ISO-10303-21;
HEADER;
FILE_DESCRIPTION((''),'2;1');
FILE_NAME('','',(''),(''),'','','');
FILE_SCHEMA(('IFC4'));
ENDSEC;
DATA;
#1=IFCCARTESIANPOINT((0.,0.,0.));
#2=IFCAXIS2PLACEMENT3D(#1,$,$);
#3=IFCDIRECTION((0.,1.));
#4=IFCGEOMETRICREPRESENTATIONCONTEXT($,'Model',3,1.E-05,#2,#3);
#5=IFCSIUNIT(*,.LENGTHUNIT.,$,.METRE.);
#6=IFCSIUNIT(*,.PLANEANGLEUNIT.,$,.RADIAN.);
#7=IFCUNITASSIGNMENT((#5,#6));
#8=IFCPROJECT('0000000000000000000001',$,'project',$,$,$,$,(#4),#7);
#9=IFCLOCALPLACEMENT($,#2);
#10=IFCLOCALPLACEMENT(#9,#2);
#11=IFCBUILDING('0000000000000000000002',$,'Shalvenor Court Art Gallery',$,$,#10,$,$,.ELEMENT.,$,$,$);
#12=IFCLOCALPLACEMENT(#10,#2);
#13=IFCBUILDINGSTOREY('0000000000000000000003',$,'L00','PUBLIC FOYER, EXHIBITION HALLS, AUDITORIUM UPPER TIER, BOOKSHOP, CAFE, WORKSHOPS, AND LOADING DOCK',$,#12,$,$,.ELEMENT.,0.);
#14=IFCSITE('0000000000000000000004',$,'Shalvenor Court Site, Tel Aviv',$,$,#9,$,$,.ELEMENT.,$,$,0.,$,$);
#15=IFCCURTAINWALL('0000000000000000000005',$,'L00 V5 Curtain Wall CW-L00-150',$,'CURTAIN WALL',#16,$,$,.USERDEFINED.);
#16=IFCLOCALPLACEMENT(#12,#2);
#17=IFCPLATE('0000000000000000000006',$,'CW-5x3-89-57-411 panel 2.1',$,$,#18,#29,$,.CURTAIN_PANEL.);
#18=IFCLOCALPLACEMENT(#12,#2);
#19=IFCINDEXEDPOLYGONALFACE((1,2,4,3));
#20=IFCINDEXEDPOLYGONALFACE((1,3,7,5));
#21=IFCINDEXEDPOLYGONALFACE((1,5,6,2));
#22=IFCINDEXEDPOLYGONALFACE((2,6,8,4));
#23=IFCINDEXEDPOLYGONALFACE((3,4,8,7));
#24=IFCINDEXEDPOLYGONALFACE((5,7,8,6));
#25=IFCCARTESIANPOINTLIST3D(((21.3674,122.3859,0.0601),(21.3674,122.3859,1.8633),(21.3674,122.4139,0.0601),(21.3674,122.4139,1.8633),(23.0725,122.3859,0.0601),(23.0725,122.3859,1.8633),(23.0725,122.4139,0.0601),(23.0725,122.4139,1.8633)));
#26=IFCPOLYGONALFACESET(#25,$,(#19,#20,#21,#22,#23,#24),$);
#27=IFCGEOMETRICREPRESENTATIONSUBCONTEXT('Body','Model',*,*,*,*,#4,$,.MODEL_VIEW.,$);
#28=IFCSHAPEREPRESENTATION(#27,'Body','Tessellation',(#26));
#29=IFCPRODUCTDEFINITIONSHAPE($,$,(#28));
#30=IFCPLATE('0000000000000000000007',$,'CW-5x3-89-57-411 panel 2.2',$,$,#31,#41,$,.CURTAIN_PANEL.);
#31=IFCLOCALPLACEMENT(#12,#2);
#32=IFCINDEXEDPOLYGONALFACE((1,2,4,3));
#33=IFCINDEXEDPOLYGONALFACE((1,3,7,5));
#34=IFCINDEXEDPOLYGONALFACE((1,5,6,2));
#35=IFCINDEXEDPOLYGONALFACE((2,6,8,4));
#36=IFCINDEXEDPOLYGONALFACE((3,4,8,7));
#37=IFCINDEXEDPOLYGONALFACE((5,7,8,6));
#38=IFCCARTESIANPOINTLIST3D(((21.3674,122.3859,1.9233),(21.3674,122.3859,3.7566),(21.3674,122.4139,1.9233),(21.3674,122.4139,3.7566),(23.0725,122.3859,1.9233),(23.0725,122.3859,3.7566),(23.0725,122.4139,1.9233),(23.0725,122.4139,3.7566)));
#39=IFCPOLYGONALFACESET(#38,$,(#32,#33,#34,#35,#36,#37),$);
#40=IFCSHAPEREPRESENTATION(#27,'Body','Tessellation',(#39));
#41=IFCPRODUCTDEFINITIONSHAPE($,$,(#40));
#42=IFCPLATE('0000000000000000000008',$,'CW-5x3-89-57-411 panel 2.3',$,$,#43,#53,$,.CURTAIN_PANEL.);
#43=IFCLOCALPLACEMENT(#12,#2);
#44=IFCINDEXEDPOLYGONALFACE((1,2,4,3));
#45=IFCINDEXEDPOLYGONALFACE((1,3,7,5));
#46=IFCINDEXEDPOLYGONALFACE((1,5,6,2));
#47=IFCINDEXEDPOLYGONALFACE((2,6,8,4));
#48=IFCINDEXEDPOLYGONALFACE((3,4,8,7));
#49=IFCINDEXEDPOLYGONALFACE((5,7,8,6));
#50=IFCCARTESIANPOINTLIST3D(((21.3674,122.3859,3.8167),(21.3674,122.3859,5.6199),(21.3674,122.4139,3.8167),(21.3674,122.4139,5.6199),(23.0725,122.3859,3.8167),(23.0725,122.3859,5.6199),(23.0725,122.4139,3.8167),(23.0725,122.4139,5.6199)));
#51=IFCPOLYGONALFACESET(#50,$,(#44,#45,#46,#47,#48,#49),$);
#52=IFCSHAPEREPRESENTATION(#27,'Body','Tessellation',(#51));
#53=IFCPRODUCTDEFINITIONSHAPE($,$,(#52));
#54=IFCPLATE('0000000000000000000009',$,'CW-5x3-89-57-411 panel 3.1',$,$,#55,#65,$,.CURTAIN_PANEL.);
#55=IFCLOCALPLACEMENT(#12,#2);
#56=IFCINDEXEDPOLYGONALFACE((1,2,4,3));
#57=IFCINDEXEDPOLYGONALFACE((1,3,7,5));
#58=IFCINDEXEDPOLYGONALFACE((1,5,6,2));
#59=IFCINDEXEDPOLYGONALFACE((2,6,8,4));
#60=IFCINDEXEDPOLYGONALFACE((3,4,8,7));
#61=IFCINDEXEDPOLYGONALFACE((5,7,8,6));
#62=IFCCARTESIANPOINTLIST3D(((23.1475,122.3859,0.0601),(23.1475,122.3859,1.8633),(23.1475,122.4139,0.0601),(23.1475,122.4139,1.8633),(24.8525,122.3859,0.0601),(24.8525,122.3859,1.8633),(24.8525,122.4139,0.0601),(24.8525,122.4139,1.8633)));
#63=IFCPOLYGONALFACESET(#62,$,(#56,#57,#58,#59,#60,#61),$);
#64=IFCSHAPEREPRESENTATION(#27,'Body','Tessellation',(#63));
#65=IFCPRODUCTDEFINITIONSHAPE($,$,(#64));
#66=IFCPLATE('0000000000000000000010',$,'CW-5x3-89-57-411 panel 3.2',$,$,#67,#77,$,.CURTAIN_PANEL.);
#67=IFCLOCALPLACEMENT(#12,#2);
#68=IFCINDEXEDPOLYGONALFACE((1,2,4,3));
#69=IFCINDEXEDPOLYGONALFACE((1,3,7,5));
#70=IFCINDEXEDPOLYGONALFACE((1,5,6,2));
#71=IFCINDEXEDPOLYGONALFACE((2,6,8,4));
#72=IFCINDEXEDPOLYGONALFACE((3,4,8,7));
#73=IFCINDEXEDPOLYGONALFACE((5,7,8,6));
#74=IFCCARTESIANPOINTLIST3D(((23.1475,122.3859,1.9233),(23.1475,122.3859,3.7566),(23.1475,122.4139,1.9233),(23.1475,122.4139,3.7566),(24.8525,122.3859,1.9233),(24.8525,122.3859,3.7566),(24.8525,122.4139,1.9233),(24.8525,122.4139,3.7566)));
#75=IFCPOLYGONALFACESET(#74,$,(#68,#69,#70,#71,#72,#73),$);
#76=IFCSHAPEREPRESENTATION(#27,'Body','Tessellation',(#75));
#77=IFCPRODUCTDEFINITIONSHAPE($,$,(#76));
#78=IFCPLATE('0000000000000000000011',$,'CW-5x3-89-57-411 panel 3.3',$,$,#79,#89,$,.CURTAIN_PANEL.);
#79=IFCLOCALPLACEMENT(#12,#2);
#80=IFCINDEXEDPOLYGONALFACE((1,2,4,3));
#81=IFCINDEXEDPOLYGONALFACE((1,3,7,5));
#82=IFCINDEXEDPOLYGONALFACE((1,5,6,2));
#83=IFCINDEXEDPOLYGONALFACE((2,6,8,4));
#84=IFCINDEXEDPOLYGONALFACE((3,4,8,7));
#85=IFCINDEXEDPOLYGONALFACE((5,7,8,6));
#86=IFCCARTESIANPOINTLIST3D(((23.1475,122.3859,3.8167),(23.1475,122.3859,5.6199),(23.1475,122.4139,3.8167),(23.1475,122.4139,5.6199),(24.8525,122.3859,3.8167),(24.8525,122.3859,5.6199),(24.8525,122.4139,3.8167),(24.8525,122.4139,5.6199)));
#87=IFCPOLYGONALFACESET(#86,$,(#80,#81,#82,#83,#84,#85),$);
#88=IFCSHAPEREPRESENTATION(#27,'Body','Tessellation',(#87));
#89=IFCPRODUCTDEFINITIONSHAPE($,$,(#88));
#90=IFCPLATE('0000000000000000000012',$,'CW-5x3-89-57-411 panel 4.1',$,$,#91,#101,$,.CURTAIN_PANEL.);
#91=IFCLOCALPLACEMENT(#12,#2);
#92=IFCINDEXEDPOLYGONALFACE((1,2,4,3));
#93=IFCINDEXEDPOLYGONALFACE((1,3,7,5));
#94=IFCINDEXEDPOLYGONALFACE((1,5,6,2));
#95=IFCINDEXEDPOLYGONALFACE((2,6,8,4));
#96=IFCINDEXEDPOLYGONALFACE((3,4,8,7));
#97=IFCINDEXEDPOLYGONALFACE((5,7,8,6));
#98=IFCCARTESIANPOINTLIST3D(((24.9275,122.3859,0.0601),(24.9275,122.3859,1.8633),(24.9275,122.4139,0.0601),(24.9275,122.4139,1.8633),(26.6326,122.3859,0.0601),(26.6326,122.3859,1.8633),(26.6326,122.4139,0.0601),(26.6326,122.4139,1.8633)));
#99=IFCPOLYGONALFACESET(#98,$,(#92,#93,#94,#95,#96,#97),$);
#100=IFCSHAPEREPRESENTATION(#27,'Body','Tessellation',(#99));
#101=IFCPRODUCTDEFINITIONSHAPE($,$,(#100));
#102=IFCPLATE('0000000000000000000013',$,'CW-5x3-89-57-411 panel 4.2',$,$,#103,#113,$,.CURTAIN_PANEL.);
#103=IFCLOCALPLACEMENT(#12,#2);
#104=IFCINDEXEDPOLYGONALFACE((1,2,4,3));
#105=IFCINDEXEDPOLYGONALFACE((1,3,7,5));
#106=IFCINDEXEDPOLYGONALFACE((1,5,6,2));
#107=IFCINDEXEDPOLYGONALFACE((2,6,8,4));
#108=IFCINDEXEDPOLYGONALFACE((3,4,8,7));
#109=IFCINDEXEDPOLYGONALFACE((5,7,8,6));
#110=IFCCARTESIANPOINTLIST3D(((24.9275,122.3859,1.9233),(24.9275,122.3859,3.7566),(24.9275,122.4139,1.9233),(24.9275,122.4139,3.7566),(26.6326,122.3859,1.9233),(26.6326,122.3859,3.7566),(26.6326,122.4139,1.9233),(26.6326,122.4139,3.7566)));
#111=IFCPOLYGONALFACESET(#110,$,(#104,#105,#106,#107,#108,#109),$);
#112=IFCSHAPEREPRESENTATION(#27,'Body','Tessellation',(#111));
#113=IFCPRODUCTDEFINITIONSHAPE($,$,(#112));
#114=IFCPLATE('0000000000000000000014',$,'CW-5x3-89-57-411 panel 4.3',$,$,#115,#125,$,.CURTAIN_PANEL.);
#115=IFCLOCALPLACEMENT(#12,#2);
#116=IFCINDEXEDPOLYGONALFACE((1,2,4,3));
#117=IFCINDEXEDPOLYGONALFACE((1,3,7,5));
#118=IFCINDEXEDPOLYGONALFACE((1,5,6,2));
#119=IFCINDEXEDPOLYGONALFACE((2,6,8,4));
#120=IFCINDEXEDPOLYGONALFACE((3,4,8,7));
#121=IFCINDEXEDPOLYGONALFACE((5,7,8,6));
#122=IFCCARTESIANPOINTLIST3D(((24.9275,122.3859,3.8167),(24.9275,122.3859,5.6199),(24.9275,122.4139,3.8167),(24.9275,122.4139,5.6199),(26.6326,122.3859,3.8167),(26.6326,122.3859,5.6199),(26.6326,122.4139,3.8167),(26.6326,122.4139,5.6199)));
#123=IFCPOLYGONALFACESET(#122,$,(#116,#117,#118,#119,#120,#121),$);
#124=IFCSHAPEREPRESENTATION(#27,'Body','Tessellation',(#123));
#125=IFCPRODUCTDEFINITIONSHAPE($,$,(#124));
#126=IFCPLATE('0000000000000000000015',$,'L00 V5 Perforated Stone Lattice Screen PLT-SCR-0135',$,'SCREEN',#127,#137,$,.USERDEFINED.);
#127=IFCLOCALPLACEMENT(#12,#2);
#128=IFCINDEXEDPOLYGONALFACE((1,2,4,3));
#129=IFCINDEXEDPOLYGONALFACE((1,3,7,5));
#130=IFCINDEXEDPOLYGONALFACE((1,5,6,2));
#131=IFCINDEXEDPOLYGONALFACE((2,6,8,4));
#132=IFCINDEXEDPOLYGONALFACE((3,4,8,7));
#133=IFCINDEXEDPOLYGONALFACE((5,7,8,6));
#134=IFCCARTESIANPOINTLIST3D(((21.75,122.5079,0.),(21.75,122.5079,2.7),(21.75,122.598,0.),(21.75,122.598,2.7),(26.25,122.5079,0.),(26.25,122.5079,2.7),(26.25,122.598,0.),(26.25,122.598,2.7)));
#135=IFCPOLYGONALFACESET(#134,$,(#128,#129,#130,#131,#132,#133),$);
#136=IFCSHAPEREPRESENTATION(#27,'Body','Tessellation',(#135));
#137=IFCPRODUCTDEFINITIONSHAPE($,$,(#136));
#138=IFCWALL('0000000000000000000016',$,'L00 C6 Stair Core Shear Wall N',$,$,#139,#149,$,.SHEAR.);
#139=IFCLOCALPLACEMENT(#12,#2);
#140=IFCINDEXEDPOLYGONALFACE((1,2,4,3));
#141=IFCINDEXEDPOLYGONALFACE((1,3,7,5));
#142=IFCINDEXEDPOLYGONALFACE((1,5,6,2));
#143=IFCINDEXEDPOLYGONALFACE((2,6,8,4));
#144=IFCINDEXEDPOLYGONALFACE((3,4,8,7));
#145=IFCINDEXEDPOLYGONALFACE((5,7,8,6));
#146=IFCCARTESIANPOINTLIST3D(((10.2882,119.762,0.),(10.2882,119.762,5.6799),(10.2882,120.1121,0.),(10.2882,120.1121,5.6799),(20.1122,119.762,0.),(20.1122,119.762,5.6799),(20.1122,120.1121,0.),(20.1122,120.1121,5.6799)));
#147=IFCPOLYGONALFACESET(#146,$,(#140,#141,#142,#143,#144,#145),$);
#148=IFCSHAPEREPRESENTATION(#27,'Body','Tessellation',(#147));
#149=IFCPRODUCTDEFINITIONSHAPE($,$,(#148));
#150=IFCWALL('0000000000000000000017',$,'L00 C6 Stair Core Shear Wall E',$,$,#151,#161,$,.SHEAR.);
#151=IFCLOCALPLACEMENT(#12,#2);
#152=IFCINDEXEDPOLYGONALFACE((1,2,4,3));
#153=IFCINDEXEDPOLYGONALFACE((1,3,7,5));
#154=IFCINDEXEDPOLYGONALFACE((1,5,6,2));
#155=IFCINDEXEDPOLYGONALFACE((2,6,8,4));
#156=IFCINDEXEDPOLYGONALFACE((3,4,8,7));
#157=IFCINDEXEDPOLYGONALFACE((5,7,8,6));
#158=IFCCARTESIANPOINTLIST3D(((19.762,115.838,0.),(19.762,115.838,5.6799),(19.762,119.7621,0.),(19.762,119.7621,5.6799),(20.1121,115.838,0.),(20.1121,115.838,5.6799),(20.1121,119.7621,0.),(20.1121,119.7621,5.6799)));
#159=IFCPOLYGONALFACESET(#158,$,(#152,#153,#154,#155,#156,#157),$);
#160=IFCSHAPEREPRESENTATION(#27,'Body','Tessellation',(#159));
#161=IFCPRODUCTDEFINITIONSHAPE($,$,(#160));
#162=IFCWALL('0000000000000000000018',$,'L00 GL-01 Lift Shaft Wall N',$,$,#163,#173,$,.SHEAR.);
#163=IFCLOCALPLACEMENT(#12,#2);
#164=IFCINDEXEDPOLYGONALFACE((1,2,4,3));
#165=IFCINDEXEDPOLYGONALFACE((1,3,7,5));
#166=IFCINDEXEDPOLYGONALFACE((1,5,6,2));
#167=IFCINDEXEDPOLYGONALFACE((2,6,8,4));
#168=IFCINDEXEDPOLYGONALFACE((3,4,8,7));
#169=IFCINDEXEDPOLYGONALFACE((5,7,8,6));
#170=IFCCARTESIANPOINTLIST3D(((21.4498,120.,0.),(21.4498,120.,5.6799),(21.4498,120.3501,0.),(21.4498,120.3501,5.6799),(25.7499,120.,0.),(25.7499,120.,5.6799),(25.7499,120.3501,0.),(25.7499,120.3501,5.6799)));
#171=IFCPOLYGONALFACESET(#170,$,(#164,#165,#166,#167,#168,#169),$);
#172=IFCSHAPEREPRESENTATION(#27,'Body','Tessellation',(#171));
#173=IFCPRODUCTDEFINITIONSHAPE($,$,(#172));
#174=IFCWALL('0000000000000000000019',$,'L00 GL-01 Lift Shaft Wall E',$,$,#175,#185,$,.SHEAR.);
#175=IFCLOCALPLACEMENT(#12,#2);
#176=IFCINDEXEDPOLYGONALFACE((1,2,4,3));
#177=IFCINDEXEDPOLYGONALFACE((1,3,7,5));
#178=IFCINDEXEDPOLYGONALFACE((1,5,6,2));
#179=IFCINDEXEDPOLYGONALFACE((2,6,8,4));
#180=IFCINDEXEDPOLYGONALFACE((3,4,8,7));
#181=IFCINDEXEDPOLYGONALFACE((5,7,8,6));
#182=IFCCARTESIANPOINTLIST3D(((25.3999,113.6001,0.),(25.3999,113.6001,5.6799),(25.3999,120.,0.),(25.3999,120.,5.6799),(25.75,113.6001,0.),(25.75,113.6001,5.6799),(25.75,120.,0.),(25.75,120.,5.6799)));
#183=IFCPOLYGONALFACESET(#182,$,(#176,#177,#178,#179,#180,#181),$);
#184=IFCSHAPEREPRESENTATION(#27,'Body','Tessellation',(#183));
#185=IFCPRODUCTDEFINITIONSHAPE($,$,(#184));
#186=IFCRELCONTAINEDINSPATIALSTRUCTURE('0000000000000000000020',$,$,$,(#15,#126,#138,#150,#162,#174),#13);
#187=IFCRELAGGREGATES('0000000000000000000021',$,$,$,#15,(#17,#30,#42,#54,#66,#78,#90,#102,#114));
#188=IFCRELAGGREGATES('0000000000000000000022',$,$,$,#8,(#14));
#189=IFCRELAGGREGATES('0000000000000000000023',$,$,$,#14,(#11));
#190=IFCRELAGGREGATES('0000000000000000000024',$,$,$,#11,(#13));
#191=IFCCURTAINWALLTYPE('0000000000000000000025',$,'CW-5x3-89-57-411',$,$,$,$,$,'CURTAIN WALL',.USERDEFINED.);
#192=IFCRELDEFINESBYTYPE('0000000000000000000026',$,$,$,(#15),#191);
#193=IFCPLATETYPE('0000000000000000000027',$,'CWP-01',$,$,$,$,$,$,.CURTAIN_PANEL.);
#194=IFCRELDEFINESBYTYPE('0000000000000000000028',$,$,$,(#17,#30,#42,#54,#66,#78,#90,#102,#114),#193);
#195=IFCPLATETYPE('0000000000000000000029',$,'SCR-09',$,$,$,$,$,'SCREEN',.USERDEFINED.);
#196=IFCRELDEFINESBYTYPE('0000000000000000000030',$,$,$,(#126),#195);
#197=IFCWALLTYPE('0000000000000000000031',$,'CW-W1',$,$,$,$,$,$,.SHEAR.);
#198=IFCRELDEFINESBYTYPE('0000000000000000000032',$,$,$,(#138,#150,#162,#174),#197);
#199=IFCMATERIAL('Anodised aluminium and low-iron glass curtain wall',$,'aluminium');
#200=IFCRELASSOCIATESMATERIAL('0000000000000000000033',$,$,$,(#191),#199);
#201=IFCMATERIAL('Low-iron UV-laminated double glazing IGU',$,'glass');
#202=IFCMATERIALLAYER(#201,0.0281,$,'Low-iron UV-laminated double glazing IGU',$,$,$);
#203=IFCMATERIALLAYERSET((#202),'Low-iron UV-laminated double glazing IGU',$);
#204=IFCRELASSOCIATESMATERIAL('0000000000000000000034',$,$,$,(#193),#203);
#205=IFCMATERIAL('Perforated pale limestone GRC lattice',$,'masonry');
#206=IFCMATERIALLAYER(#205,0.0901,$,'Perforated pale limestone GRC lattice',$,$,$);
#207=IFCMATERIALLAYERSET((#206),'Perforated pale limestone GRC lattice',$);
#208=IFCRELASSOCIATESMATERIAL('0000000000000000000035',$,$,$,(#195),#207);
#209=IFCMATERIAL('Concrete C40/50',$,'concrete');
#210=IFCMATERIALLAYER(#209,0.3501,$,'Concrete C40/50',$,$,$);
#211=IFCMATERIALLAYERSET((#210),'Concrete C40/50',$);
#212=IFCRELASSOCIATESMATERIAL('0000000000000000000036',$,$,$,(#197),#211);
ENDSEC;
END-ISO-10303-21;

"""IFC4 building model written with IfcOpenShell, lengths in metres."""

from ifc_helpers import new_model, si_unit, direction, frame, frame_2d, origin, origin_2d, place, context, subcontext, project, spatial, rectangle, extrude, material, layer, layer_set, type_object, element, aggregate, save


model = new_model("IFC4")

# Units and contexts
model_context = context("Model", 3, precision=1e-05, world=origin(), true_north=direction((0.0, 1.0)))
body_context = subcontext(model_context, "Body", "Model", "MODEL_VIEW")
ifc_project = project(units=[si_unit("LENGTHUNIT", "METRE"), si_unit("PLANEANGLEUNIT", "RADIAN")], contexts=[model_context])

# Site, building, storey
site_placement = place(None, origin())
site = spatial("IfcSite", under=ifc_project, at=site_placement, Name="Shalvenor Court Site, Tel Aviv", CompositionType="ELEMENT", RefElevation=0.0)
building_placement = place(site_placement, origin())
building = spatial("IfcBuilding", under=site, at=building_placement, Name="Shalvenor Court Art Gallery", CompositionType="ELEMENT")
storey_placement = place(building_placement, origin())
storey = spatial("IfcBuildingStorey", under=building, at=storey_placement, Name="L00", Description="PUBLIC FOYER, EXHIBITION HALLS, AUDITORIUM UPPER TIER, BOOKSHOP, CAFE, WORKSHOPS, AND LOADING DOCK", CompositionType="ELEMENT", Elevation=0.0)

# Curtain wall
ifc_material_1 = material(Name="Anodised aluminium and low-iron glass curtain wall", Category="aluminium")
curtain_wall_type = type_object("IfcCurtainWallType", Name="CW-5x3-89-57-411", ElementType="CURTAIN WALL", PredefinedType="USERDEFINED", material=ifc_material_1)
curtain_wall_placement = place(storey_placement, origin())
curtain_wall = element("IfcCurtainWall", 1, at=curtain_wall_placement, inside=storey, type_object=curtain_wall_type, Name="L00 V5 Curtain Wall CW-L00-150", ObjectType="CURTAIN WALL", PredefinedType="USERDEFINED")

# Plates
ifc_material_2 = material(Name="Low-iron UV-laminated double glazing IGU", Category="glass")
ifc_layer_1 = layer(ifc_material_2, 0.0281, Name="Low-iron UV-laminated double glazing IGU")
ifc_layer_set_1 = layer_set([ifc_layer_1], Name="Low-iron UV-laminated double glazing IGU")
plate_type_1 = type_object("IfcPlateType", Name="CWP-01", PredefinedType="CURTAIN_PANEL", material=ifc_layer_set_1)
plate_1_placement = place(storey_placement, frame((22.22, 122.3999, 0.0601), z_axis=(0.0, 0.0, 1.0), x_axis=(1.0, 0.0, 0.0)))
plate_1 = element("IfcPlate", 2, at=plate_1_placement, type_object=plate_type_1, Name="CW-5x3-89-57-411 panel 2.1", PredefinedType="CURTAIN_PANEL", context=body_context, shape_type="SweptSolid", body=[
    extrude(rectangle(XDim=1.7051, YDim=0.0281, at=origin_2d()), origin(), (0.0, 0.0, 1.0), 1.8032),
])
plate_2_placement = place(storey_placement, frame((22.22, 122.3999, 1.9233), z_axis=(0.0, 0.0, 1.0), x_axis=(1.0, 0.0, 0.0)))
plate_2 = element("IfcPlate", 3, at=plate_2_placement, type_object=plate_type_1, Name="CW-5x3-89-57-411 panel 2.2", PredefinedType="CURTAIN_PANEL", context=body_context, shape_type="SweptSolid", body=[
    extrude(rectangle(XDim=1.7051, YDim=0.0281, at=origin_2d()), origin(), (0.0, 0.0, 1.0), 1.8333),
])
plate_3_placement = place(storey_placement, frame((22.22, 122.3999, 3.8167), z_axis=(0.0, 0.0, 1.0), x_axis=(1.0, 0.0, 0.0)))
plate_3 = element("IfcPlate", 4, at=plate_3_placement, type_object=plate_type_1, Name="CW-5x3-89-57-411 panel 2.3", PredefinedType="CURTAIN_PANEL", context=body_context, shape_type="SweptSolid", body=[
    extrude(rectangle(XDim=1.7051, YDim=0.0281, at=origin_2d()), origin(), (0.0, 0.0, 1.0), 1.8032),
])
plate_4_placement = place(storey_placement, frame((24.0, 122.3999, 0.0601), z_axis=(0.0, 0.0, 1.0), x_axis=(1.0, 0.0, 0.0)))
plate_4 = element("IfcPlate", 5, at=plate_4_placement, type_object=plate_type_1, Name="CW-5x3-89-57-411 panel 3.1", PredefinedType="CURTAIN_PANEL", context=body_context, shape_type="SweptSolid", body=[
    extrude(rectangle(XDim=1.7051, YDim=0.0281, at=origin_2d()), origin(), (0.0, 0.0, 1.0), 1.8032),
])
plate_5_placement = place(storey_placement, frame((24.0, 122.3999, 1.9233), z_axis=(0.0, 0.0, 1.0), x_axis=(1.0, 0.0, 0.0)))
plate_5 = element("IfcPlate", 6, at=plate_5_placement, type_object=plate_type_1, Name="CW-5x3-89-57-411 panel 3.2", PredefinedType="CURTAIN_PANEL", context=body_context, shape_type="SweptSolid", body=[
    extrude(rectangle(XDim=1.7051, YDim=0.0281, at=origin_2d()), origin(), (0.0, 0.0, 1.0), 1.8333),
])
plate_6_placement = place(storey_placement, frame((24.0, 122.3999, 3.8167), z_axis=(0.0, 0.0, 1.0), x_axis=(1.0, 0.0, 0.0)))
plate_6 = element("IfcPlate", 7, at=plate_6_placement, type_object=plate_type_1, Name="CW-5x3-89-57-411 panel 3.3", PredefinedType="CURTAIN_PANEL", context=body_context, shape_type="SweptSolid", body=[
    extrude(rectangle(XDim=1.7051, YDim=0.0281, at=origin_2d()), origin(), (0.0, 0.0, 1.0), 1.8032),
])
plate_7_placement = place(storey_placement, frame((25.78, 122.3999, 0.0601), z_axis=(0.0, 0.0, 1.0), x_axis=(1.0, 0.0, 0.0)))
plate_7 = element("IfcPlate", 8, at=plate_7_placement, type_object=plate_type_1, Name="CW-5x3-89-57-411 panel 4.1", PredefinedType="CURTAIN_PANEL", context=body_context, shape_type="SweptSolid", body=[
    extrude(rectangle(XDim=1.7051, YDim=0.0281, at=origin_2d()), origin(), (0.0, 0.0, 1.0), 1.8032),
])
plate_8_placement = place(storey_placement, frame((25.78, 122.3999, 1.9233), z_axis=(0.0, 0.0, 1.0), x_axis=(1.0, 0.0, 0.0)))
plate_8 = element("IfcPlate", 9, at=plate_8_placement, type_object=plate_type_1, Name="CW-5x3-89-57-411 panel 4.2", PredefinedType="CURTAIN_PANEL", context=body_context, shape_type="SweptSolid", body=[
    extrude(rectangle(XDim=1.7051, YDim=0.0281, at=origin_2d()), origin(), (0.0, 0.0, 1.0), 1.8333),
])
plate_9_placement = place(storey_placement, frame((25.78, 122.3999, 3.8167), z_axis=(0.0, 0.0, 1.0), x_axis=(1.0, 0.0, 0.0)))
plate_9 = element("IfcPlate", 10, at=plate_9_placement, type_object=plate_type_1, Name="CW-5x3-89-57-411 panel 4.3", PredefinedType="CURTAIN_PANEL", context=body_context, shape_type="SweptSolid", body=[
    extrude(rectangle(XDim=1.7051, YDim=0.0281, at=origin_2d()), origin(), (0.0, 0.0, 1.0), 1.8032),
])
aggregate(curtain_wall, [plate_1, plate_2, plate_3, plate_4, plate_5, plate_6, plate_7, plate_8, plate_9])
ifc_material_3 = material(Name="Perforated pale limestone GRC lattice", Category="masonry")
ifc_layer_2 = layer(ifc_material_3, 0.0901, Name="Perforated pale limestone GRC lattice")
ifc_layer_set_2 = layer_set([ifc_layer_2], Name="Perforated pale limestone GRC lattice")
plate_type_2 = type_object("IfcPlateType", Name="SCR-09", ElementType="SCREEN", PredefinedType="USERDEFINED", material=ifc_layer_set_2)
plate_10_placement = place(storey_placement, frame((24.0, 122.553, 0.0), z_axis=(0.0, 0.0, 1.0), x_axis=(1.0, 0.0, 0.0)))
element("IfcPlate", 11, at=plate_10_placement, inside=storey, type_object=plate_type_2, Name="L00 V5 Perforated Stone Lattice Screen PLT-SCR-0135", ObjectType="SCREEN", PredefinedType="USERDEFINED", context=body_context, shape_type="SweptSolid", body=[
    extrude(rectangle(XDim=4.5, YDim=0.0901, at=origin_2d()), origin(), (0.0, 0.0, 1.0), 2.7),
])

# Walls
ifc_material_4 = material(Name="Concrete C40/50", Category="concrete")
ifc_layer_3 = layer(ifc_material_4, 0.3501, Name="Concrete C40/50")
ifc_layer_set_3 = layer_set([ifc_layer_3], Name="Concrete C40/50")
wall_type = type_object("IfcWallType", Name="CW-W1", PredefinedType="SHEAR", material=ifc_layer_set_3)
wall_1_placement = place(storey_placement, frame((10.2881, 119.937, 0.0), z_axis=(0.0, 0.0, 1.0), x_axis=(1.0, 0.0, 0.0)))
element("IfcWall", 12, at=wall_1_placement, inside=storey, type_object=wall_type, Name="L00 C6 Stair Core Shear Wall N", PredefinedType="SHEAR", context=body_context, shape_type="SweptSolid", body=[
    extrude(rectangle(XDim=9.824, YDim=0.3501, at=frame_2d((4.9121, 0.0))), origin(), (0.0, 0.0, 1.0), 5.6799),
])
wall_2_placement = place(storey_placement, frame((19.937, 119.762, 0.0), z_axis=(0.0, 0.0, 1.0), x_axis=(0.0, -1.0, 0.0)))
element("IfcWall", 13, at=wall_2_placement, inside=storey, type_object=wall_type, Name="L00 C6 Stair Core Shear Wall E", PredefinedType="SHEAR", context=body_context, shape_type="SweptSolid", body=[
    extrude(rectangle(XDim=3.9241, YDim=0.3501, at=frame_2d((1.9619, 0.0))), origin(), (0.0, 0.0, 1.0), 5.6799),
])
wall_3_placement = place(storey_placement, frame((21.45, 120.175, 0.0), z_axis=(0.0, 0.0, 1.0), x_axis=(1.0, 0.0, 0.0)))
element("IfcWall", 14, at=wall_3_placement, inside=storey, type_object=wall_type, Name="L00 GL-01 Lift Shaft Wall N", PredefinedType="SHEAR", context=body_context, shape_type="SweptSolid", body=[
    extrude(rectangle(XDim=4.3, YDim=0.3501, at=frame_2d((2.1499, 0.0))), origin(), (0.0, 0.0, 1.0), 5.6799),
])
wall_4_placement = place(storey_placement, frame((25.575, 120.0, 0.0), z_axis=(0.0, 0.0, 1.0), x_axis=(0.0, -1.0, 0.0)))
element("IfcWall", 15, at=wall_4_placement, inside=storey, type_object=wall_type, Name="L00 GL-01 Lift Shaft Wall E", PredefinedType="SHEAR", context=body_context, shape_type="SweptSolid", body=[
    extrude(rectangle(XDim=6.3999, YDim=0.3501, at=frame_2d((3.2, 0.0))), origin(), (0.0, 0.0, 1.0), 5.6799),
])

save(model, "model.ifc")
